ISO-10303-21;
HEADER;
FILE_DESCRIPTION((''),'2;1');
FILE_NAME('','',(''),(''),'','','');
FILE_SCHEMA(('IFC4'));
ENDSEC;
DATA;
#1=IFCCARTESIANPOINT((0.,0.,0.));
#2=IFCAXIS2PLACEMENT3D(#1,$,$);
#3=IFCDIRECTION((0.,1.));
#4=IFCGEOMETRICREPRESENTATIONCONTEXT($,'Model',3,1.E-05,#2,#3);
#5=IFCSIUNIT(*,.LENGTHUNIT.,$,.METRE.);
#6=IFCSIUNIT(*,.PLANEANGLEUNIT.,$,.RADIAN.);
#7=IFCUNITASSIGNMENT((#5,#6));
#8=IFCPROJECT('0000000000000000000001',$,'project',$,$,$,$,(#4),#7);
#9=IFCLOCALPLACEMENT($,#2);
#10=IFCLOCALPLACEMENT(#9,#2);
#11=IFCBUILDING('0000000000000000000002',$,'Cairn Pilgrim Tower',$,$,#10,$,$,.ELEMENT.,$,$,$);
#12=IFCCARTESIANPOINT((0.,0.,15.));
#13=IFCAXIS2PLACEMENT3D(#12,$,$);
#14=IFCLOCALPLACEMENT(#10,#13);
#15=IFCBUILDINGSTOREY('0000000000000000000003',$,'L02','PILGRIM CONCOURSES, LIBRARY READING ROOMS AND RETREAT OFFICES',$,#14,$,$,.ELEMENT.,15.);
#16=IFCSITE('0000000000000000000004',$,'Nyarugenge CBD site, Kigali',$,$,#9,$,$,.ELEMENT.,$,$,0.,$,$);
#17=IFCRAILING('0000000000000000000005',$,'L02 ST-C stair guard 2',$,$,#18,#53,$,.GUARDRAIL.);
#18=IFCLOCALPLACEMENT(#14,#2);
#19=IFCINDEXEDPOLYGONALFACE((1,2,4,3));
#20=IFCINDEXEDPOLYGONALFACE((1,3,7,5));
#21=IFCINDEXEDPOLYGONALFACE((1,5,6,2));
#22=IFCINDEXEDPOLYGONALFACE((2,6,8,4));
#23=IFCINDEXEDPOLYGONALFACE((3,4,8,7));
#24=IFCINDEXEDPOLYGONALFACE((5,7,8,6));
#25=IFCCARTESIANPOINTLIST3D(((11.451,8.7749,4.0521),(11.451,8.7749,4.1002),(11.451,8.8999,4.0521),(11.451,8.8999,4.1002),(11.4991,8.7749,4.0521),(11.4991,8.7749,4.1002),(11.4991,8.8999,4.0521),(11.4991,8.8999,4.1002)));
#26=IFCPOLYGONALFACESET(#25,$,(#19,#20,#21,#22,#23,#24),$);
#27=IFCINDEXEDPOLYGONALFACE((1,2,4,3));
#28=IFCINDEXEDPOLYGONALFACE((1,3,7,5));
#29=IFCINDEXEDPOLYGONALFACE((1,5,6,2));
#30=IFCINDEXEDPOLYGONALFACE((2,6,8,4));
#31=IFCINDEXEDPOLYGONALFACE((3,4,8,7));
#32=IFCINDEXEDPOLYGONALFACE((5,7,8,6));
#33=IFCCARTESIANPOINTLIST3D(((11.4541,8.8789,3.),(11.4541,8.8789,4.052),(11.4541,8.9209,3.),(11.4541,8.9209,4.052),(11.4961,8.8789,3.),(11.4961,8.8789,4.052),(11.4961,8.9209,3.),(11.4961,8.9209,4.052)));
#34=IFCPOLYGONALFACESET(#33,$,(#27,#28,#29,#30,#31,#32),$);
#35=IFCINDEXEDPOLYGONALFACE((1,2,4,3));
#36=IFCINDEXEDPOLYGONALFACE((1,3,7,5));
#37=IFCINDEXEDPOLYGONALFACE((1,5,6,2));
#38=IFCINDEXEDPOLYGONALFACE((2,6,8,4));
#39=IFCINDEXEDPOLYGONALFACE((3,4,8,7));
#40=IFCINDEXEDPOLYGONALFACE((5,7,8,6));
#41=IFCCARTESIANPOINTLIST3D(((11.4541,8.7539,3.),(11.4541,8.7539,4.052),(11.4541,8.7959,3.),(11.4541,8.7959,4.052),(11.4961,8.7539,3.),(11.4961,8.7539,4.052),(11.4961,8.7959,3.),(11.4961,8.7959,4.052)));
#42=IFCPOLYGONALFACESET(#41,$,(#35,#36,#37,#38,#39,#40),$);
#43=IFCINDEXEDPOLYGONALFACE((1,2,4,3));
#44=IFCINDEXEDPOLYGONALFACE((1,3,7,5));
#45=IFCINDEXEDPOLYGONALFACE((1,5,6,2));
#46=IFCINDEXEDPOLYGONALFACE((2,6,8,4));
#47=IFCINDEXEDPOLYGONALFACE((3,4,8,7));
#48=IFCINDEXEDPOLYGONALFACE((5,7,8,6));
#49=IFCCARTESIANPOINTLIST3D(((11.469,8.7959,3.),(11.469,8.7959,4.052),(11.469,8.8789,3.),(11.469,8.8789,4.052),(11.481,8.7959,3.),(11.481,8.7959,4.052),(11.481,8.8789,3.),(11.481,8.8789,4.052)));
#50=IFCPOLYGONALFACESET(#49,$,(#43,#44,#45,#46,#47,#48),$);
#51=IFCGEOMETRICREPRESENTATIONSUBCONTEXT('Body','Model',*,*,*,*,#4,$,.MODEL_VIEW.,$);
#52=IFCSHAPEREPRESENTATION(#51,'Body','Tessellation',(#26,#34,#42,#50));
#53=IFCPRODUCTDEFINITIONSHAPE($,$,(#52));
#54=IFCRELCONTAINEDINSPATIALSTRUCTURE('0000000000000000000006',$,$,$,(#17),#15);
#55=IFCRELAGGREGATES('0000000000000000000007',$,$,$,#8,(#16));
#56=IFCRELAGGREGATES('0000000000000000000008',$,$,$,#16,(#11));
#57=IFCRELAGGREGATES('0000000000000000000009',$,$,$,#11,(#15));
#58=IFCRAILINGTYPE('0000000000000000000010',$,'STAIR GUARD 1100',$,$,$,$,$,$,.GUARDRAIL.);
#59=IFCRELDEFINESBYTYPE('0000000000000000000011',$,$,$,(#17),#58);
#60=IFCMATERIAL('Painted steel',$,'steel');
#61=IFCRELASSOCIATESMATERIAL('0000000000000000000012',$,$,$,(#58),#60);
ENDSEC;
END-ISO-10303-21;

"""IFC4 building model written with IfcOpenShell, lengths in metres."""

from ifc_helpers import new_model, si_unit, direction, frame, origin, origin_2d, place, context, subcontext, project, spatial, polyline, rectangle, outline, extrude, material, type_object, element, save


model = new_model("IFC4")

# Units and contexts
model_context = context("Model", 3, precision=1e-05, world=origin(), true_north=direction((0.0, 1.0)))
body_context = subcontext(model_context, "Body", "Model", "MODEL_VIEW")
ifc_project = project(units=[si_unit("LENGTHUNIT", "METRE"), si_unit("PLANEANGLEUNIT", "RADIAN")], contexts=[model_context])

# Site, building, storey
site_placement = place(None, origin())
site = spatial("IfcSite", under=ifc_project, at=site_placement, Name="Nyarugenge CBD site, Kigali", CompositionType="ELEMENT", RefElevation=0.0)
building_placement = place(site_placement, origin())
building = spatial("IfcBuilding", under=site, at=building_placement, Name="Cairn Pilgrim Tower", CompositionType="ELEMENT")
storey_placement = place(building_placement, frame((0.0, 0.0, 15.0)))
storey = spatial("IfcBuildingStorey", under=building, at=storey_placement, Name="L02", Description="PILGRIM CONCOURSES, LIBRARY READING ROOMS AND RETREAT OFFICES", CompositionType="ELEMENT", Elevation=15.0)

# Shared definitions
ifc_material_1 = material(Name="Painted steel", Category="steel")

# Railing
railing_type_1 = type_object("IfcRailingType", Name="STAIR GUARD 1100", PredefinedType="GUARDRAIL", material=ifc_material_1)
railing_1_placement = place(storey_placement, frame((11.4751, 8.8999, 3.0)))
element("IfcRailing", 1, at=railing_1_placement, inside=storey, type_object=railing_type_1, Name="L02 ST-C stair guard 2", PredefinedType="GUARDRAIL", context=body_context, shape_type="SweptSolid", body=[
    extrude(rectangle(XDim=0.0481, YDim=0.0481, at=origin_2d()), frame((0.0, 0.0, 1.0762), z_axis=(0.0, -1.0, 0.0), x_axis=(1.0, 0.0, 0.0)), (0.0, 0.0, 1.0), 0.125),
    extrude(rectangle(XDim=0.042, YDim=0.042, at=origin_2d()), origin(), (0.0, 0.0, 1.0), 1.052),
    extrude(rectangle(XDim=0.042, YDim=0.042, at=origin_2d()), frame((0.0, -0.125, 0.0)), (0.0, 0.0, 1.0), 1.052),
    extrude(outline(polyline([(0.021, 0.0), (0.104, 0.0), (0.104, 1.052), (0.021, 1.052), (0.021, 0.0)])), frame((0.0059, 0.0, 0.0), z_axis=(-1.0, 0.0, 0.0), x_axis=(0.0, -1.0, 0.0)), (0.0, 0.0, 1.0), 0.012),
])

save(model, "model.ifc")
